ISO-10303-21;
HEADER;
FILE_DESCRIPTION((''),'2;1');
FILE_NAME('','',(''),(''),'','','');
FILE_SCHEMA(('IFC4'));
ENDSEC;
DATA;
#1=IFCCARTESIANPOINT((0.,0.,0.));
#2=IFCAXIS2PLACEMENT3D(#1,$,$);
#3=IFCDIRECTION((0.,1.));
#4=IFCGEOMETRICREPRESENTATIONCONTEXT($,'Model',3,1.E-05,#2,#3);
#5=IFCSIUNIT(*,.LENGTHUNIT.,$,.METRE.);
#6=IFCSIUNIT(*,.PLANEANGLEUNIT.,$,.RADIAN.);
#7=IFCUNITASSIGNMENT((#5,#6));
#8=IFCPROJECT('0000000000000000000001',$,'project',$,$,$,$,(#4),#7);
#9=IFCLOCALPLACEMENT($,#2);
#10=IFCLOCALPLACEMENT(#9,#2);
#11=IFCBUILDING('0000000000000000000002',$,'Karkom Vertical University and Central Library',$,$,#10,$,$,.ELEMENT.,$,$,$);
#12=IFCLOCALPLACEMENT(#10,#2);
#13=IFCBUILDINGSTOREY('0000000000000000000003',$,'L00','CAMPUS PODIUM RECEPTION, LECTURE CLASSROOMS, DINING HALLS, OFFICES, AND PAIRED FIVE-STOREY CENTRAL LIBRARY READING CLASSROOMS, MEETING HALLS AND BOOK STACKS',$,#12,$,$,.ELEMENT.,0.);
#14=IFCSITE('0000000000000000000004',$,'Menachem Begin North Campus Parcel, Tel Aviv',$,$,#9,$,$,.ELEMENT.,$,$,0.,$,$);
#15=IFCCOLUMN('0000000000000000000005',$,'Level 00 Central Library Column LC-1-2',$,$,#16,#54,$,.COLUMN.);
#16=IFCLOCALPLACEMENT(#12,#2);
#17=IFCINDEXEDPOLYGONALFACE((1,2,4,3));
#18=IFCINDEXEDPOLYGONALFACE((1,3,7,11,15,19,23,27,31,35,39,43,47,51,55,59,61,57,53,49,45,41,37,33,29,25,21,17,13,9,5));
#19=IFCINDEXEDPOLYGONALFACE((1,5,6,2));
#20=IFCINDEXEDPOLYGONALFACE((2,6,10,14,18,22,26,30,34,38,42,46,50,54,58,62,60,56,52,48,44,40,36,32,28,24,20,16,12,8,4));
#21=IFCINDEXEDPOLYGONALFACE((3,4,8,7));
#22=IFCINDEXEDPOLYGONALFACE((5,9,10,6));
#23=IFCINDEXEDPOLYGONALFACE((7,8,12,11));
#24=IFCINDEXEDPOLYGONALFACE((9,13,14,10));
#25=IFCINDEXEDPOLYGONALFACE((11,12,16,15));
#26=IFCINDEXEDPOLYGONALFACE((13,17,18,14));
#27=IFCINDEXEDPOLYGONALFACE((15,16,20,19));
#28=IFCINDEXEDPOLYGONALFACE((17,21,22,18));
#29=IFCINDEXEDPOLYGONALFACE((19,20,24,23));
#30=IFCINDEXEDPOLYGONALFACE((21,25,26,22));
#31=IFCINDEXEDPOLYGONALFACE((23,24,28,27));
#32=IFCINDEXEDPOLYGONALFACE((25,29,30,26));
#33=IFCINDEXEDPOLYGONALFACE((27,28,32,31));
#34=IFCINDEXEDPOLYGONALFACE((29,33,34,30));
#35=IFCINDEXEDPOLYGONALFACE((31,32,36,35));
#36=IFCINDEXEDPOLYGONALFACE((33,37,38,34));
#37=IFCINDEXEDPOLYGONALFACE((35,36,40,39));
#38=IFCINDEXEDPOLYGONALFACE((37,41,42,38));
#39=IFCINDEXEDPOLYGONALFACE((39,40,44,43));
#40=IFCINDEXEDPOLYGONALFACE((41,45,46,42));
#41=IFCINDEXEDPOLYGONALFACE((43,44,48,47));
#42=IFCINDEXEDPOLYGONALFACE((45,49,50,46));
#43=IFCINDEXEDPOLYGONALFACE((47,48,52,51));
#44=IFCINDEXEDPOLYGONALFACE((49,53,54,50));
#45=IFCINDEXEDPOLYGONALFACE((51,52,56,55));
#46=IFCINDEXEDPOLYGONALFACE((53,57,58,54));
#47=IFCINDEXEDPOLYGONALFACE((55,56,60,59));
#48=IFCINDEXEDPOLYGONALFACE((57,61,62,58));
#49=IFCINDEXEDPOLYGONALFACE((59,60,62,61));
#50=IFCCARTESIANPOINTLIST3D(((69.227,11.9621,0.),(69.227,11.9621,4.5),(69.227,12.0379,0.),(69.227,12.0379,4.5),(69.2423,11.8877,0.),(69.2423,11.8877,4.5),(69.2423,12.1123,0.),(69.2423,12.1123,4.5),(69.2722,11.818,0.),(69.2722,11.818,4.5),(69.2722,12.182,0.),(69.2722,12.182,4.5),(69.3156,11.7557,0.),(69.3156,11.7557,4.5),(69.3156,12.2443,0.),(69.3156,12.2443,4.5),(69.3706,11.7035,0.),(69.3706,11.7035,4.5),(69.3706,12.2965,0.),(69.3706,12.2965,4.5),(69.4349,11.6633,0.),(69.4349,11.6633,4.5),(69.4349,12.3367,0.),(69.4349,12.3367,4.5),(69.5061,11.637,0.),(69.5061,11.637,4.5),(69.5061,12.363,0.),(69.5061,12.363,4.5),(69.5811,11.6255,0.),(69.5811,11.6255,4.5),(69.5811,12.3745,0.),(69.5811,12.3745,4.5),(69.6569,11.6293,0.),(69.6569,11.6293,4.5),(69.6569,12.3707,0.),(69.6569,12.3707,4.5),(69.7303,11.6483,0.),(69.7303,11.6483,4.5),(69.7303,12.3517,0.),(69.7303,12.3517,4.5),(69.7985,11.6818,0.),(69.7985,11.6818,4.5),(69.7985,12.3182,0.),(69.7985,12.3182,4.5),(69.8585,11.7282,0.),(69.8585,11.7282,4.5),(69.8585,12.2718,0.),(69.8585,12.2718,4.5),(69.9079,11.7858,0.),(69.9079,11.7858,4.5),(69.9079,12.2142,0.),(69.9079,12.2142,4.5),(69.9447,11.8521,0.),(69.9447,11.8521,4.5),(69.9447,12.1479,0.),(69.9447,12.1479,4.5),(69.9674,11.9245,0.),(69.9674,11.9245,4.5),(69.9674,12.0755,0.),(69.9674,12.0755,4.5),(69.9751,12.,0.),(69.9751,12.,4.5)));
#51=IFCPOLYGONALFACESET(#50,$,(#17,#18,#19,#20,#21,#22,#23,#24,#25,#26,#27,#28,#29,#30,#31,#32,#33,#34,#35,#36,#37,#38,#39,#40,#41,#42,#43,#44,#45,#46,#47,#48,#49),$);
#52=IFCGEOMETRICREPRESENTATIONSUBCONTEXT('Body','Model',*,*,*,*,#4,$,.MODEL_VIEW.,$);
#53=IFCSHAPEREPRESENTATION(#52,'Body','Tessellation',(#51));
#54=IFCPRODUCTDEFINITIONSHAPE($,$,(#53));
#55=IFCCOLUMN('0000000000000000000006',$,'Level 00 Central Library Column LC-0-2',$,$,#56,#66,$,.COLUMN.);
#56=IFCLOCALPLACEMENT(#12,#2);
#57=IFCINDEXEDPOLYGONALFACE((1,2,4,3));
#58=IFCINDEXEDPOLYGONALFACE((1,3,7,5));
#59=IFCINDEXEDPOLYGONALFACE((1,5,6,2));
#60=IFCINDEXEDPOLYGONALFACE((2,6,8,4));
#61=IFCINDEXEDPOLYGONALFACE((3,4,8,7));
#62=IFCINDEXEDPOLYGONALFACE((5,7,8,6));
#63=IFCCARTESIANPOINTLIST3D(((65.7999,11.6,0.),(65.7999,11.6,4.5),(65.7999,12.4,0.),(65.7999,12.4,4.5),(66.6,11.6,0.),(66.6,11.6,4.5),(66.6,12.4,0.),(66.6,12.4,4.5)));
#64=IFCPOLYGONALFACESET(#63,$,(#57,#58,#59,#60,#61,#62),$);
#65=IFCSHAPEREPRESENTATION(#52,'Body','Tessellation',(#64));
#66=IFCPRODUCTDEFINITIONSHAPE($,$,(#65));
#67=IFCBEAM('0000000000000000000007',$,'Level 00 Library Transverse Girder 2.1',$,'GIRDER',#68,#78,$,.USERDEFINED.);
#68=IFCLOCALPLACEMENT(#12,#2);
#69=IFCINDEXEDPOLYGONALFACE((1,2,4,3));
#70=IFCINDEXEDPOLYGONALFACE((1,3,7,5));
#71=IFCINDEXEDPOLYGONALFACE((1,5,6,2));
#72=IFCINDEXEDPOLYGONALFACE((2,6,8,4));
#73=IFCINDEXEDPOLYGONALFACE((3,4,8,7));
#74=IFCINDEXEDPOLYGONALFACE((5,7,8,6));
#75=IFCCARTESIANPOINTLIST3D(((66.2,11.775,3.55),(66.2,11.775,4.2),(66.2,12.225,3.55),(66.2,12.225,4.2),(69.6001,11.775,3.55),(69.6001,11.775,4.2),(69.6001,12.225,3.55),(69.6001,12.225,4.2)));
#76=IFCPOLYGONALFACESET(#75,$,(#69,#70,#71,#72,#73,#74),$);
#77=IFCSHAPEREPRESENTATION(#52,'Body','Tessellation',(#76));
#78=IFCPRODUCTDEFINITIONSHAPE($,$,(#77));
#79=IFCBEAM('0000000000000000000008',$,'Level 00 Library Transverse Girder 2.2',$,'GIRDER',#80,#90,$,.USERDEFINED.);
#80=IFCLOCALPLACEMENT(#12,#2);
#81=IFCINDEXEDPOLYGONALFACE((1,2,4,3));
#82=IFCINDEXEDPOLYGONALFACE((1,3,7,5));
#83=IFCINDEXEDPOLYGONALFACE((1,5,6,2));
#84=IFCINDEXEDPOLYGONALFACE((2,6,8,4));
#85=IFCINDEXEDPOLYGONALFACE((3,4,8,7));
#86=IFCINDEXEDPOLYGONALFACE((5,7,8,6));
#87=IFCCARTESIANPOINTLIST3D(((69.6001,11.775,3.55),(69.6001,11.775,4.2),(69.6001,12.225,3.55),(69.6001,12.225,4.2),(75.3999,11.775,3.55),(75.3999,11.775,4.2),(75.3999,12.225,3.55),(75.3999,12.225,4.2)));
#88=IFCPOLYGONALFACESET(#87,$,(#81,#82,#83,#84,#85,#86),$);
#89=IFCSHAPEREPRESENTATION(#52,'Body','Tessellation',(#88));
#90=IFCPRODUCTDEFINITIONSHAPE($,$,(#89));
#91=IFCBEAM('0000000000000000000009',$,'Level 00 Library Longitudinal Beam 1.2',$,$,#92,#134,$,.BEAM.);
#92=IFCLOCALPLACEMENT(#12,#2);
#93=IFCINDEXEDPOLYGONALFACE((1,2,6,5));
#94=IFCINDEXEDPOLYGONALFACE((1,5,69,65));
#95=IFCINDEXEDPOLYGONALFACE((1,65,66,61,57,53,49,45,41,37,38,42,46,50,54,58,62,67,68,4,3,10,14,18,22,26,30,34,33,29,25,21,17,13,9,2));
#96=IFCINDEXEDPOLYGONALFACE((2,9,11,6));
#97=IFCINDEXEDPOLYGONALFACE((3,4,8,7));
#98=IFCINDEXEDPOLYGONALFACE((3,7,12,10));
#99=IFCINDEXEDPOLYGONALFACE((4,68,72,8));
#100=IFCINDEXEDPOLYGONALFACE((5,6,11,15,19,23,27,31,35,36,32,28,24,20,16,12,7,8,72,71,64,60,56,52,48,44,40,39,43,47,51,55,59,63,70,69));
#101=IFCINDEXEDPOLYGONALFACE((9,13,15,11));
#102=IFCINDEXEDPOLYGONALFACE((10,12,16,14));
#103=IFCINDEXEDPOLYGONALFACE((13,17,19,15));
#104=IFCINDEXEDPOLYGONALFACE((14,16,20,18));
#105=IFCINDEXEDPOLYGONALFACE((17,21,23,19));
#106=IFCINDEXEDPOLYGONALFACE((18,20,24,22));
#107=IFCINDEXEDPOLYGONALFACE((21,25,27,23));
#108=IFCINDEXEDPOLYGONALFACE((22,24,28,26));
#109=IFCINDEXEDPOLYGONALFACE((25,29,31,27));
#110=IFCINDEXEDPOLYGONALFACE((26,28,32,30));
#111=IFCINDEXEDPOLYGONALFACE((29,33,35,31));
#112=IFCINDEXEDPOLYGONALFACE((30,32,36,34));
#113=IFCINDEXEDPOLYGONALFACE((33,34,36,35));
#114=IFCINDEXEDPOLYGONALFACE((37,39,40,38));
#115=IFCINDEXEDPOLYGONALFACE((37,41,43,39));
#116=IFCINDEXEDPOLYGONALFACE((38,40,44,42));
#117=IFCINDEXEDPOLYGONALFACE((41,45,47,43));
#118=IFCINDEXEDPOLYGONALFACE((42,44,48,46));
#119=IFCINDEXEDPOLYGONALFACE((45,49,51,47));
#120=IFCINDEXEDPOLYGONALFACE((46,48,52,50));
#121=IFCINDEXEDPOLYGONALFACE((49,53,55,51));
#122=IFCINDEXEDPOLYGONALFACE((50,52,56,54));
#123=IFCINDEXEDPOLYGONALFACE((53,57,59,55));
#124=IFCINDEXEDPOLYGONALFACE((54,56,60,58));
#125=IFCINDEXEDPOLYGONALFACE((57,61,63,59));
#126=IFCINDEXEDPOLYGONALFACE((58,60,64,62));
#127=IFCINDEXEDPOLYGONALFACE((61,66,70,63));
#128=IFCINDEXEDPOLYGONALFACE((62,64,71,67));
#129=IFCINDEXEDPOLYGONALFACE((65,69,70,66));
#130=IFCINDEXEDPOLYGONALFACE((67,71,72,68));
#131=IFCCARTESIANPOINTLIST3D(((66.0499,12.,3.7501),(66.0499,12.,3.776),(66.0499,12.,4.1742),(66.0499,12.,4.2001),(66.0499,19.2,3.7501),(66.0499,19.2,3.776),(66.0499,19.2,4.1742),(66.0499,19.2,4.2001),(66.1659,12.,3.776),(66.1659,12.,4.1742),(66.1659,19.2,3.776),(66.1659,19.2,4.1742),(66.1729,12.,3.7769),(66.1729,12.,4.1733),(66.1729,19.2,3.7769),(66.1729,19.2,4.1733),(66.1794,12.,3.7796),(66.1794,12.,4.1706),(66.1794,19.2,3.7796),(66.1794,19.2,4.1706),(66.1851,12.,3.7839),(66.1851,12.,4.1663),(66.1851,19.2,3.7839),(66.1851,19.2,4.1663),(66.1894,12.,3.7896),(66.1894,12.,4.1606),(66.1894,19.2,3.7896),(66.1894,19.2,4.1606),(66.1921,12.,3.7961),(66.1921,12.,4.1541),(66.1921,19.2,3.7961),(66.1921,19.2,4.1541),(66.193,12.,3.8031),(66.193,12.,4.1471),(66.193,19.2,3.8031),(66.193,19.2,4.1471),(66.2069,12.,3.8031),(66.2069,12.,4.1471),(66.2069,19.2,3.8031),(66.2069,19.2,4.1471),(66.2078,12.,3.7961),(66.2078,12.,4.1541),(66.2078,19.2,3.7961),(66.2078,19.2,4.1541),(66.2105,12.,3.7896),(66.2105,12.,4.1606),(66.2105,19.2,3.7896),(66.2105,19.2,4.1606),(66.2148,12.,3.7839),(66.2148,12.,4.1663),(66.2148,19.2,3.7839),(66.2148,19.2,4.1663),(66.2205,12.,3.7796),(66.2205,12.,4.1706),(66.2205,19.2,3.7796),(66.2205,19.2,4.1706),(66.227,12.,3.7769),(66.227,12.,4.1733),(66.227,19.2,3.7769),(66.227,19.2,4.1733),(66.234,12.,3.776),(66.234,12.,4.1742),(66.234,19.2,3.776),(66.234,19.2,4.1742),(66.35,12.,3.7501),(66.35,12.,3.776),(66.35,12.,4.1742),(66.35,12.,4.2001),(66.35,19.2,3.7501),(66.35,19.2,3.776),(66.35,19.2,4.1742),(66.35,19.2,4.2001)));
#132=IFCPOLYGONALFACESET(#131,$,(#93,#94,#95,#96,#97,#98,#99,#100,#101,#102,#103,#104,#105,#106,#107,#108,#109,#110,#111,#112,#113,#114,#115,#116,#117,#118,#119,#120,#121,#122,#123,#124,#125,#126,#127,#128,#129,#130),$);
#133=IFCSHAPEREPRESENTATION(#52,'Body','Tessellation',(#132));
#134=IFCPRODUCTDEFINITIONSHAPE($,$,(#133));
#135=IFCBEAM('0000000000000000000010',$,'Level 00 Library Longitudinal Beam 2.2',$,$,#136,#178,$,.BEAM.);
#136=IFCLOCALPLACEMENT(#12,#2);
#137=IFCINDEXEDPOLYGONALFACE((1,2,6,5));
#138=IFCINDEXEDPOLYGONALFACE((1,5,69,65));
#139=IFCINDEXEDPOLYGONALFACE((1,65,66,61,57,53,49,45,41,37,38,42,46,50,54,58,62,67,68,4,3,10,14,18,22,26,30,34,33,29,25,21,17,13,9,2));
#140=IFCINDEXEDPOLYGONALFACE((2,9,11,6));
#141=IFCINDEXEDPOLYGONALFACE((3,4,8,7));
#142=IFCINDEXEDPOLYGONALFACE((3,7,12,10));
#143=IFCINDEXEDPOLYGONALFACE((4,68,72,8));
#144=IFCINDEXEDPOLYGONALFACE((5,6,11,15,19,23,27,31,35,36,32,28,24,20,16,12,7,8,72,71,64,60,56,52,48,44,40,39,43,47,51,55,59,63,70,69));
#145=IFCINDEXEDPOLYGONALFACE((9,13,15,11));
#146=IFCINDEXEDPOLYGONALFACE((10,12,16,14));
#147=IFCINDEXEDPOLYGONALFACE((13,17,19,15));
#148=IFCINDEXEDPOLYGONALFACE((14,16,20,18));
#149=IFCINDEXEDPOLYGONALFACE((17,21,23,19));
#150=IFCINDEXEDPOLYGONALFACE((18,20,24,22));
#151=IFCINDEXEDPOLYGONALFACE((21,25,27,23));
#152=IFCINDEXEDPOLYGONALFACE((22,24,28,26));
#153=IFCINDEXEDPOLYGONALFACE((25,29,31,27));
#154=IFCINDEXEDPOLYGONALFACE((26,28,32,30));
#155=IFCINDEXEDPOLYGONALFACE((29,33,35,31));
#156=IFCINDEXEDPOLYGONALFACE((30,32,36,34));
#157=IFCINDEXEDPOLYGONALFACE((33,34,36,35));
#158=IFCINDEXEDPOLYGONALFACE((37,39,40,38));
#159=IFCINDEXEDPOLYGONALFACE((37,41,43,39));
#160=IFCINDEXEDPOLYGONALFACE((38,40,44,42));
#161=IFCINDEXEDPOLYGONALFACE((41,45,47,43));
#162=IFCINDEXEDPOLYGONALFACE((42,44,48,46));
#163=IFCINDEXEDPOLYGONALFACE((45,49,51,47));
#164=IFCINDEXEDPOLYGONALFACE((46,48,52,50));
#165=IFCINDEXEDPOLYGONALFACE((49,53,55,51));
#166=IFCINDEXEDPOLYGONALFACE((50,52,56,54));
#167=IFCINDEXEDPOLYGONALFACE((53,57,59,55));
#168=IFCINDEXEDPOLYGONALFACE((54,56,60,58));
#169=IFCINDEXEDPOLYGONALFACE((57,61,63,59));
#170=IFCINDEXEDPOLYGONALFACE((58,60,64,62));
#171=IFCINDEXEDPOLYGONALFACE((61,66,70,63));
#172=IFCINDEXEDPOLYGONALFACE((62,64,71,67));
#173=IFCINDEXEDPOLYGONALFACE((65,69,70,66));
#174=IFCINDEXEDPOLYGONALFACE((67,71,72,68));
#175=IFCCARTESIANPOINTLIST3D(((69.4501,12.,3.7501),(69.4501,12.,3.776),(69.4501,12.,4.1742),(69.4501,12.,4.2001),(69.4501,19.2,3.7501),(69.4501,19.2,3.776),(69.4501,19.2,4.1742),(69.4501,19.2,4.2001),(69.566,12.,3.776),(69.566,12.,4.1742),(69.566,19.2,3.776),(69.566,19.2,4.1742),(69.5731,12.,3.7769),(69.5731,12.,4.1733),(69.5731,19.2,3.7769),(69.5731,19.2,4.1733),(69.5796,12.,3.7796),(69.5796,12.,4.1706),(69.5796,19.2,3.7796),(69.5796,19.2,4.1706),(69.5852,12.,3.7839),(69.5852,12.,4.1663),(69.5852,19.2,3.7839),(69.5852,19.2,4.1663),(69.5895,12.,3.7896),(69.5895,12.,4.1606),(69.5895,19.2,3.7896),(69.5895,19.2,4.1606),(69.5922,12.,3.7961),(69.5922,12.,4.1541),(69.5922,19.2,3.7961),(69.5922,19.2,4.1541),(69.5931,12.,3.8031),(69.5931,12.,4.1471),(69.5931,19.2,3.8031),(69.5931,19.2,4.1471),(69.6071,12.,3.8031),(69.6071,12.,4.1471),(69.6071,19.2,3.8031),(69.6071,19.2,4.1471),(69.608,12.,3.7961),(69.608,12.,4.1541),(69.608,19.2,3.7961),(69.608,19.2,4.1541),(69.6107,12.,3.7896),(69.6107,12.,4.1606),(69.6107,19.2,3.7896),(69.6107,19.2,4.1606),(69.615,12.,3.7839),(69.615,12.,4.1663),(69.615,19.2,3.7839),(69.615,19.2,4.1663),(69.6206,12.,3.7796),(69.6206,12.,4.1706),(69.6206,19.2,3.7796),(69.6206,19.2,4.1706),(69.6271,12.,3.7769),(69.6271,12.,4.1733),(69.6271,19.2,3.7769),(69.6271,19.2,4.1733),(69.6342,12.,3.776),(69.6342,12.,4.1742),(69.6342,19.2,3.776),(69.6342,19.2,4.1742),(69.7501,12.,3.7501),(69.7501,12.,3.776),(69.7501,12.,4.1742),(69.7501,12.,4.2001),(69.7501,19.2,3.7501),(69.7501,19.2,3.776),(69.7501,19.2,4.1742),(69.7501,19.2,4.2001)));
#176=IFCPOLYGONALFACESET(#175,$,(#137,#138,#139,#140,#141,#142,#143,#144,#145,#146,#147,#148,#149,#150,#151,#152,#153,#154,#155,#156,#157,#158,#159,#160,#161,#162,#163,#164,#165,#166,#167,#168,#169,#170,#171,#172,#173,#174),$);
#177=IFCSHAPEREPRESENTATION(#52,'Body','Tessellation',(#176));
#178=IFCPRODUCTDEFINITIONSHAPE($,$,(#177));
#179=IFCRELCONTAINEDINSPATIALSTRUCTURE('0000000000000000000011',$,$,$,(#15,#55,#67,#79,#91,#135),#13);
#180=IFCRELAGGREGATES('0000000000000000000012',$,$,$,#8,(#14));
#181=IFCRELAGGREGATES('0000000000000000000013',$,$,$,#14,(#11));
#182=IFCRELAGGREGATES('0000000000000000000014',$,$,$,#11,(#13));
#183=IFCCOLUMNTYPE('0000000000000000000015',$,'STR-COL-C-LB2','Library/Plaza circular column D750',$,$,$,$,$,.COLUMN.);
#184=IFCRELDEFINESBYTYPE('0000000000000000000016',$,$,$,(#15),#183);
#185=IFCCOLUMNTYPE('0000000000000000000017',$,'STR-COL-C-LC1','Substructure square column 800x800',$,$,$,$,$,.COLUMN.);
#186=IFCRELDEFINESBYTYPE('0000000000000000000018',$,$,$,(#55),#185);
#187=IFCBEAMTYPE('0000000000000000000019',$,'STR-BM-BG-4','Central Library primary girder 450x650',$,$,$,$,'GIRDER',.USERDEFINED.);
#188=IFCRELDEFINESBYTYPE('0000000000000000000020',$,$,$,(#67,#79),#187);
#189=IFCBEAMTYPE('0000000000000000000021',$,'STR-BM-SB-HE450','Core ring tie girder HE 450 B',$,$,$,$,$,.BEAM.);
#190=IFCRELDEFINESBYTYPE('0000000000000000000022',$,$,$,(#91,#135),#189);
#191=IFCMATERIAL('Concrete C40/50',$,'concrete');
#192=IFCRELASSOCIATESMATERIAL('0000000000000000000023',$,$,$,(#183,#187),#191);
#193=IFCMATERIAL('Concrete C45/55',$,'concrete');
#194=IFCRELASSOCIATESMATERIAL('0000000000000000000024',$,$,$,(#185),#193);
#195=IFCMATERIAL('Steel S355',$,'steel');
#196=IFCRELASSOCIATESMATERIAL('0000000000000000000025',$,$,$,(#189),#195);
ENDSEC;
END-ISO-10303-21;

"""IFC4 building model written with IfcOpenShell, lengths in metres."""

from ifc_helpers import new_model, si_unit, direction, frame, origin, origin_with_axes, origin_2d, place, context, subcontext, project, spatial, rectangle, circle, i_section, extrude, source, transform, mapped, material, material_profile, profile_set, type_object, element, save


model = new_model("IFC4")

# Units and contexts
model_context = context("Model", 3, precision=1e-05, world=origin(), true_north=direction((0.0, 1.0)))
body_context = subcontext(model_context, "Body", "Model", "MODEL_VIEW")
ifc_project = project(units=[si_unit("LENGTHUNIT", "METRE"), si_unit("PLANEANGLEUNIT", "RADIAN")], contexts=[model_context])

# Site, building, storey
site_placement = place(None, origin())
site = spatial("IfcSite", under=ifc_project, at=site_placement, Name="Menachem Begin North Campus Parcel, Tel Aviv", CompositionType="ELEMENT", RefElevation=0.0)
building_placement = place(site_placement, origin())
building = spatial("IfcBuilding", under=site, at=building_placement, Name="Karkom Vertical University and Central Library", CompositionType="ELEMENT")
storey_placement = place(building_placement, origin())
storey = spatial("IfcBuildingStorey", under=building, at=storey_placement, Name="L00", Description="CAMPUS PODIUM RECEPTION, LECTURE CLASSROOMS, DINING HALLS, OFFICES, AND PAIRED FIVE-STOREY CENTRAL LIBRARY READING CLASSROOMS, MEETING HALLS AND BOOK STACKS", CompositionType="ELEMENT", Elevation=0.0)

# Columns
ifc_material_1 = material(Name="Concrete C40/50", Category="concrete")
ifc_material_profile_1 = material_profile(ifc_material_1, circle(Radius=0.375, at=origin_2d()), Name="RC-D750")
ifc_profile_set_1 = profile_set([ifc_material_profile_1], Name="Concrete C40/50")
column_type_1 = type_object("IfcColumnType", Name="STR-COL-C-LB2", Description="Library/Plaza circular column D750", PredefinedType="COLUMN", material=ifc_profile_set_1)
shared_shape_1 = source(origin_with_axes(), body_context, "Body", "SweptSolid", [
    extrude(circle(Radius=0.375, at=origin_2d()), origin(), (0.0, 0.0, 1.0), 4.5),
])
column_1_placement = place(storey_placement, frame((69.6001, 12.0, 0.0), z_axis=(0.0, 0.0, 1.0), x_axis=(1.0, 0.0, 0.0)))
element("IfcColumn", 1, at=column_1_placement, inside=storey, type_object=column_type_1, Name="Level 00 Central Library Column LC-1-2", PredefinedType="COLUMN", context=body_context, shape_type="MappedRepresentation", body=[
    mapped(shared_shape_1, transform((0.0, 0.0, 0.0), scale=1.0)),
])
ifc_material_2 = material(Name="Concrete C45/55", Category="concrete")
ifc_material_profile_2 = material_profile(ifc_material_2, rectangle(XDim=0.8, YDim=0.8, at=origin_2d()), Name="RC-800x800")
ifc_profile_set_2 = profile_set([ifc_material_profile_2], Name="Concrete C45/55")
column_type_2 = type_object("IfcColumnType", Name="STR-COL-C-LC1", Description="Substructure square column 800x800", PredefinedType="COLUMN", material=ifc_profile_set_2)
shared_shape_2 = source(origin_with_axes(), body_context, "Body", "SweptSolid", [
    extrude(rectangle(XDim=0.8, YDim=0.8, at=origin_2d()), origin(), (0.0, 0.0, 1.0), 4.5),
])
column_2_placement = place(storey_placement, frame((66.2, 12.0, 0.0), z_axis=(0.0, 0.0, 1.0), x_axis=(1.0, 0.0, 0.0)))
element("IfcColumn", 2, at=column_2_placement, inside=storey, type_object=column_type_2, Name="Level 00 Central Library Column LC-0-2", PredefinedType="COLUMN", context=body_context, shape_type="MappedRepresentation", body=[
    mapped(shared_shape_2, transform((0.0, 0.0, 0.0), scale=1.0)),
])

# Beams
ifc_material_profile_3 = material_profile(ifc_material_1, rectangle(XDim=0.45, YDim=0.6499, at=origin_2d()), Name="RCB-450x650")
ifc_profile_set_3 = profile_set([ifc_material_profile_3], Name="Concrete C40/50")
beam_type_1 = type_object("IfcBeamType", Name="STR-BM-BG-4", Description="Central Library primary girder 450x650", ElementType="GIRDER", PredefinedType="USERDEFINED", material=ifc_profile_set_3)
shared_shape_3 = source(origin_with_axes(), body_context, "Body", "SweptSolid", [
    extrude(rectangle(XDim=0.45, YDim=0.6499, at=origin_2d()), origin(), (0.0, 0.0, 1.0), 3.4001),
])
beam_1_placement = place(storey_placement, frame((66.2, 12.0, 3.875), z_axis=(1.0, 0.0, 0.0), x_axis=(0.0, 1.0, 0.0)))
element("IfcBeam", 3, at=beam_1_placement, inside=storey, type_object=beam_type_1, Name="Level 00 Library Transverse Girder 2.1", ObjectType="GIRDER", PredefinedType="USERDEFINED", context=body_context, shape_type="MappedRepresentation", body=[
    mapped(shared_shape_3, transform((0.0, 0.0, 0.0), scale=1.0)),
])
shared_shape_4 = source(origin_with_axes(), body_context, "Body", "SweptSolid", [
    extrude(rectangle(XDim=0.45, YDim=0.6499, at=origin_2d()), origin(), (0.0, 0.0, 1.0), 5.7998),
])
beam_2_placement = place(storey_placement, frame((69.6001, 12.0, 3.875), z_axis=(1.0, 0.0, 0.0), x_axis=(0.0, 1.0, 0.0)))
element("IfcBeam", 4, at=beam_2_placement, inside=storey, type_object=beam_type_1, Name="Level 00 Library Transverse Girder 2.2", ObjectType="GIRDER", PredefinedType="USERDEFINED", context=body_context, shape_type="MappedRepresentation", body=[
    mapped(shared_shape_4, transform((0.0, 0.0, 0.0), scale=1.0)),
])
ifc_material_3 = material(Name="Steel S355", Category="steel")
ifc_material_profile_4 = material_profile(ifc_material_3, i_section(OverallWidth=0.3, OverallDepth=0.45, WebThickness=0.0139, FlangeThickness=0.0259, FilletRadius=0.0271, at=origin_2d()), Name="HE 450 B")
ifc_profile_set_4 = profile_set([ifc_material_profile_4], Name="Steel S355")
beam_type_2 = type_object("IfcBeamType", Name="STR-BM-SB-HE450", Description="Core ring tie girder HE 450 B", PredefinedType="BEAM", material=ifc_profile_set_4)
shared_shape_5 = source(origin_with_axes(), body_context, "Body", "SweptSolid", [
    extrude(i_section(OverallWidth=0.3, OverallDepth=0.45, WebThickness=0.0139, FlangeThickness=0.0259, FilletRadius=0.0271, at=origin_2d()), origin(), (0.0, 0.0, 1.0), 7.2),
])
for number, where, z_axis, x_axis, name in (
    (5, (66.2, 12.0, 3.9751), (0.0, 1.0, 0.0), (-1.0, 0.0, 0.0), "Level 00 Library Longitudinal Beam 1.2"),
    (6, (69.6001, 12.0, 3.9751), (0.0, 1.0, 0.0), (-1.0, 0.0, 0.0), "Level 00 Library Longitudinal Beam 2.2"),
):
    element("IfcBeam", number, at=place(storey_placement, frame(where, z_axis=z_axis, x_axis=x_axis)), inside=storey, type_object=beam_type_2, Name=name, PredefinedType="BEAM", context=body_context, shape_type="MappedRepresentation", body=[
        mapped(shared_shape_5, transform((0.0, 0.0, 0.0), scale=1.0)),
    ])

save(model, "model.ifc")
